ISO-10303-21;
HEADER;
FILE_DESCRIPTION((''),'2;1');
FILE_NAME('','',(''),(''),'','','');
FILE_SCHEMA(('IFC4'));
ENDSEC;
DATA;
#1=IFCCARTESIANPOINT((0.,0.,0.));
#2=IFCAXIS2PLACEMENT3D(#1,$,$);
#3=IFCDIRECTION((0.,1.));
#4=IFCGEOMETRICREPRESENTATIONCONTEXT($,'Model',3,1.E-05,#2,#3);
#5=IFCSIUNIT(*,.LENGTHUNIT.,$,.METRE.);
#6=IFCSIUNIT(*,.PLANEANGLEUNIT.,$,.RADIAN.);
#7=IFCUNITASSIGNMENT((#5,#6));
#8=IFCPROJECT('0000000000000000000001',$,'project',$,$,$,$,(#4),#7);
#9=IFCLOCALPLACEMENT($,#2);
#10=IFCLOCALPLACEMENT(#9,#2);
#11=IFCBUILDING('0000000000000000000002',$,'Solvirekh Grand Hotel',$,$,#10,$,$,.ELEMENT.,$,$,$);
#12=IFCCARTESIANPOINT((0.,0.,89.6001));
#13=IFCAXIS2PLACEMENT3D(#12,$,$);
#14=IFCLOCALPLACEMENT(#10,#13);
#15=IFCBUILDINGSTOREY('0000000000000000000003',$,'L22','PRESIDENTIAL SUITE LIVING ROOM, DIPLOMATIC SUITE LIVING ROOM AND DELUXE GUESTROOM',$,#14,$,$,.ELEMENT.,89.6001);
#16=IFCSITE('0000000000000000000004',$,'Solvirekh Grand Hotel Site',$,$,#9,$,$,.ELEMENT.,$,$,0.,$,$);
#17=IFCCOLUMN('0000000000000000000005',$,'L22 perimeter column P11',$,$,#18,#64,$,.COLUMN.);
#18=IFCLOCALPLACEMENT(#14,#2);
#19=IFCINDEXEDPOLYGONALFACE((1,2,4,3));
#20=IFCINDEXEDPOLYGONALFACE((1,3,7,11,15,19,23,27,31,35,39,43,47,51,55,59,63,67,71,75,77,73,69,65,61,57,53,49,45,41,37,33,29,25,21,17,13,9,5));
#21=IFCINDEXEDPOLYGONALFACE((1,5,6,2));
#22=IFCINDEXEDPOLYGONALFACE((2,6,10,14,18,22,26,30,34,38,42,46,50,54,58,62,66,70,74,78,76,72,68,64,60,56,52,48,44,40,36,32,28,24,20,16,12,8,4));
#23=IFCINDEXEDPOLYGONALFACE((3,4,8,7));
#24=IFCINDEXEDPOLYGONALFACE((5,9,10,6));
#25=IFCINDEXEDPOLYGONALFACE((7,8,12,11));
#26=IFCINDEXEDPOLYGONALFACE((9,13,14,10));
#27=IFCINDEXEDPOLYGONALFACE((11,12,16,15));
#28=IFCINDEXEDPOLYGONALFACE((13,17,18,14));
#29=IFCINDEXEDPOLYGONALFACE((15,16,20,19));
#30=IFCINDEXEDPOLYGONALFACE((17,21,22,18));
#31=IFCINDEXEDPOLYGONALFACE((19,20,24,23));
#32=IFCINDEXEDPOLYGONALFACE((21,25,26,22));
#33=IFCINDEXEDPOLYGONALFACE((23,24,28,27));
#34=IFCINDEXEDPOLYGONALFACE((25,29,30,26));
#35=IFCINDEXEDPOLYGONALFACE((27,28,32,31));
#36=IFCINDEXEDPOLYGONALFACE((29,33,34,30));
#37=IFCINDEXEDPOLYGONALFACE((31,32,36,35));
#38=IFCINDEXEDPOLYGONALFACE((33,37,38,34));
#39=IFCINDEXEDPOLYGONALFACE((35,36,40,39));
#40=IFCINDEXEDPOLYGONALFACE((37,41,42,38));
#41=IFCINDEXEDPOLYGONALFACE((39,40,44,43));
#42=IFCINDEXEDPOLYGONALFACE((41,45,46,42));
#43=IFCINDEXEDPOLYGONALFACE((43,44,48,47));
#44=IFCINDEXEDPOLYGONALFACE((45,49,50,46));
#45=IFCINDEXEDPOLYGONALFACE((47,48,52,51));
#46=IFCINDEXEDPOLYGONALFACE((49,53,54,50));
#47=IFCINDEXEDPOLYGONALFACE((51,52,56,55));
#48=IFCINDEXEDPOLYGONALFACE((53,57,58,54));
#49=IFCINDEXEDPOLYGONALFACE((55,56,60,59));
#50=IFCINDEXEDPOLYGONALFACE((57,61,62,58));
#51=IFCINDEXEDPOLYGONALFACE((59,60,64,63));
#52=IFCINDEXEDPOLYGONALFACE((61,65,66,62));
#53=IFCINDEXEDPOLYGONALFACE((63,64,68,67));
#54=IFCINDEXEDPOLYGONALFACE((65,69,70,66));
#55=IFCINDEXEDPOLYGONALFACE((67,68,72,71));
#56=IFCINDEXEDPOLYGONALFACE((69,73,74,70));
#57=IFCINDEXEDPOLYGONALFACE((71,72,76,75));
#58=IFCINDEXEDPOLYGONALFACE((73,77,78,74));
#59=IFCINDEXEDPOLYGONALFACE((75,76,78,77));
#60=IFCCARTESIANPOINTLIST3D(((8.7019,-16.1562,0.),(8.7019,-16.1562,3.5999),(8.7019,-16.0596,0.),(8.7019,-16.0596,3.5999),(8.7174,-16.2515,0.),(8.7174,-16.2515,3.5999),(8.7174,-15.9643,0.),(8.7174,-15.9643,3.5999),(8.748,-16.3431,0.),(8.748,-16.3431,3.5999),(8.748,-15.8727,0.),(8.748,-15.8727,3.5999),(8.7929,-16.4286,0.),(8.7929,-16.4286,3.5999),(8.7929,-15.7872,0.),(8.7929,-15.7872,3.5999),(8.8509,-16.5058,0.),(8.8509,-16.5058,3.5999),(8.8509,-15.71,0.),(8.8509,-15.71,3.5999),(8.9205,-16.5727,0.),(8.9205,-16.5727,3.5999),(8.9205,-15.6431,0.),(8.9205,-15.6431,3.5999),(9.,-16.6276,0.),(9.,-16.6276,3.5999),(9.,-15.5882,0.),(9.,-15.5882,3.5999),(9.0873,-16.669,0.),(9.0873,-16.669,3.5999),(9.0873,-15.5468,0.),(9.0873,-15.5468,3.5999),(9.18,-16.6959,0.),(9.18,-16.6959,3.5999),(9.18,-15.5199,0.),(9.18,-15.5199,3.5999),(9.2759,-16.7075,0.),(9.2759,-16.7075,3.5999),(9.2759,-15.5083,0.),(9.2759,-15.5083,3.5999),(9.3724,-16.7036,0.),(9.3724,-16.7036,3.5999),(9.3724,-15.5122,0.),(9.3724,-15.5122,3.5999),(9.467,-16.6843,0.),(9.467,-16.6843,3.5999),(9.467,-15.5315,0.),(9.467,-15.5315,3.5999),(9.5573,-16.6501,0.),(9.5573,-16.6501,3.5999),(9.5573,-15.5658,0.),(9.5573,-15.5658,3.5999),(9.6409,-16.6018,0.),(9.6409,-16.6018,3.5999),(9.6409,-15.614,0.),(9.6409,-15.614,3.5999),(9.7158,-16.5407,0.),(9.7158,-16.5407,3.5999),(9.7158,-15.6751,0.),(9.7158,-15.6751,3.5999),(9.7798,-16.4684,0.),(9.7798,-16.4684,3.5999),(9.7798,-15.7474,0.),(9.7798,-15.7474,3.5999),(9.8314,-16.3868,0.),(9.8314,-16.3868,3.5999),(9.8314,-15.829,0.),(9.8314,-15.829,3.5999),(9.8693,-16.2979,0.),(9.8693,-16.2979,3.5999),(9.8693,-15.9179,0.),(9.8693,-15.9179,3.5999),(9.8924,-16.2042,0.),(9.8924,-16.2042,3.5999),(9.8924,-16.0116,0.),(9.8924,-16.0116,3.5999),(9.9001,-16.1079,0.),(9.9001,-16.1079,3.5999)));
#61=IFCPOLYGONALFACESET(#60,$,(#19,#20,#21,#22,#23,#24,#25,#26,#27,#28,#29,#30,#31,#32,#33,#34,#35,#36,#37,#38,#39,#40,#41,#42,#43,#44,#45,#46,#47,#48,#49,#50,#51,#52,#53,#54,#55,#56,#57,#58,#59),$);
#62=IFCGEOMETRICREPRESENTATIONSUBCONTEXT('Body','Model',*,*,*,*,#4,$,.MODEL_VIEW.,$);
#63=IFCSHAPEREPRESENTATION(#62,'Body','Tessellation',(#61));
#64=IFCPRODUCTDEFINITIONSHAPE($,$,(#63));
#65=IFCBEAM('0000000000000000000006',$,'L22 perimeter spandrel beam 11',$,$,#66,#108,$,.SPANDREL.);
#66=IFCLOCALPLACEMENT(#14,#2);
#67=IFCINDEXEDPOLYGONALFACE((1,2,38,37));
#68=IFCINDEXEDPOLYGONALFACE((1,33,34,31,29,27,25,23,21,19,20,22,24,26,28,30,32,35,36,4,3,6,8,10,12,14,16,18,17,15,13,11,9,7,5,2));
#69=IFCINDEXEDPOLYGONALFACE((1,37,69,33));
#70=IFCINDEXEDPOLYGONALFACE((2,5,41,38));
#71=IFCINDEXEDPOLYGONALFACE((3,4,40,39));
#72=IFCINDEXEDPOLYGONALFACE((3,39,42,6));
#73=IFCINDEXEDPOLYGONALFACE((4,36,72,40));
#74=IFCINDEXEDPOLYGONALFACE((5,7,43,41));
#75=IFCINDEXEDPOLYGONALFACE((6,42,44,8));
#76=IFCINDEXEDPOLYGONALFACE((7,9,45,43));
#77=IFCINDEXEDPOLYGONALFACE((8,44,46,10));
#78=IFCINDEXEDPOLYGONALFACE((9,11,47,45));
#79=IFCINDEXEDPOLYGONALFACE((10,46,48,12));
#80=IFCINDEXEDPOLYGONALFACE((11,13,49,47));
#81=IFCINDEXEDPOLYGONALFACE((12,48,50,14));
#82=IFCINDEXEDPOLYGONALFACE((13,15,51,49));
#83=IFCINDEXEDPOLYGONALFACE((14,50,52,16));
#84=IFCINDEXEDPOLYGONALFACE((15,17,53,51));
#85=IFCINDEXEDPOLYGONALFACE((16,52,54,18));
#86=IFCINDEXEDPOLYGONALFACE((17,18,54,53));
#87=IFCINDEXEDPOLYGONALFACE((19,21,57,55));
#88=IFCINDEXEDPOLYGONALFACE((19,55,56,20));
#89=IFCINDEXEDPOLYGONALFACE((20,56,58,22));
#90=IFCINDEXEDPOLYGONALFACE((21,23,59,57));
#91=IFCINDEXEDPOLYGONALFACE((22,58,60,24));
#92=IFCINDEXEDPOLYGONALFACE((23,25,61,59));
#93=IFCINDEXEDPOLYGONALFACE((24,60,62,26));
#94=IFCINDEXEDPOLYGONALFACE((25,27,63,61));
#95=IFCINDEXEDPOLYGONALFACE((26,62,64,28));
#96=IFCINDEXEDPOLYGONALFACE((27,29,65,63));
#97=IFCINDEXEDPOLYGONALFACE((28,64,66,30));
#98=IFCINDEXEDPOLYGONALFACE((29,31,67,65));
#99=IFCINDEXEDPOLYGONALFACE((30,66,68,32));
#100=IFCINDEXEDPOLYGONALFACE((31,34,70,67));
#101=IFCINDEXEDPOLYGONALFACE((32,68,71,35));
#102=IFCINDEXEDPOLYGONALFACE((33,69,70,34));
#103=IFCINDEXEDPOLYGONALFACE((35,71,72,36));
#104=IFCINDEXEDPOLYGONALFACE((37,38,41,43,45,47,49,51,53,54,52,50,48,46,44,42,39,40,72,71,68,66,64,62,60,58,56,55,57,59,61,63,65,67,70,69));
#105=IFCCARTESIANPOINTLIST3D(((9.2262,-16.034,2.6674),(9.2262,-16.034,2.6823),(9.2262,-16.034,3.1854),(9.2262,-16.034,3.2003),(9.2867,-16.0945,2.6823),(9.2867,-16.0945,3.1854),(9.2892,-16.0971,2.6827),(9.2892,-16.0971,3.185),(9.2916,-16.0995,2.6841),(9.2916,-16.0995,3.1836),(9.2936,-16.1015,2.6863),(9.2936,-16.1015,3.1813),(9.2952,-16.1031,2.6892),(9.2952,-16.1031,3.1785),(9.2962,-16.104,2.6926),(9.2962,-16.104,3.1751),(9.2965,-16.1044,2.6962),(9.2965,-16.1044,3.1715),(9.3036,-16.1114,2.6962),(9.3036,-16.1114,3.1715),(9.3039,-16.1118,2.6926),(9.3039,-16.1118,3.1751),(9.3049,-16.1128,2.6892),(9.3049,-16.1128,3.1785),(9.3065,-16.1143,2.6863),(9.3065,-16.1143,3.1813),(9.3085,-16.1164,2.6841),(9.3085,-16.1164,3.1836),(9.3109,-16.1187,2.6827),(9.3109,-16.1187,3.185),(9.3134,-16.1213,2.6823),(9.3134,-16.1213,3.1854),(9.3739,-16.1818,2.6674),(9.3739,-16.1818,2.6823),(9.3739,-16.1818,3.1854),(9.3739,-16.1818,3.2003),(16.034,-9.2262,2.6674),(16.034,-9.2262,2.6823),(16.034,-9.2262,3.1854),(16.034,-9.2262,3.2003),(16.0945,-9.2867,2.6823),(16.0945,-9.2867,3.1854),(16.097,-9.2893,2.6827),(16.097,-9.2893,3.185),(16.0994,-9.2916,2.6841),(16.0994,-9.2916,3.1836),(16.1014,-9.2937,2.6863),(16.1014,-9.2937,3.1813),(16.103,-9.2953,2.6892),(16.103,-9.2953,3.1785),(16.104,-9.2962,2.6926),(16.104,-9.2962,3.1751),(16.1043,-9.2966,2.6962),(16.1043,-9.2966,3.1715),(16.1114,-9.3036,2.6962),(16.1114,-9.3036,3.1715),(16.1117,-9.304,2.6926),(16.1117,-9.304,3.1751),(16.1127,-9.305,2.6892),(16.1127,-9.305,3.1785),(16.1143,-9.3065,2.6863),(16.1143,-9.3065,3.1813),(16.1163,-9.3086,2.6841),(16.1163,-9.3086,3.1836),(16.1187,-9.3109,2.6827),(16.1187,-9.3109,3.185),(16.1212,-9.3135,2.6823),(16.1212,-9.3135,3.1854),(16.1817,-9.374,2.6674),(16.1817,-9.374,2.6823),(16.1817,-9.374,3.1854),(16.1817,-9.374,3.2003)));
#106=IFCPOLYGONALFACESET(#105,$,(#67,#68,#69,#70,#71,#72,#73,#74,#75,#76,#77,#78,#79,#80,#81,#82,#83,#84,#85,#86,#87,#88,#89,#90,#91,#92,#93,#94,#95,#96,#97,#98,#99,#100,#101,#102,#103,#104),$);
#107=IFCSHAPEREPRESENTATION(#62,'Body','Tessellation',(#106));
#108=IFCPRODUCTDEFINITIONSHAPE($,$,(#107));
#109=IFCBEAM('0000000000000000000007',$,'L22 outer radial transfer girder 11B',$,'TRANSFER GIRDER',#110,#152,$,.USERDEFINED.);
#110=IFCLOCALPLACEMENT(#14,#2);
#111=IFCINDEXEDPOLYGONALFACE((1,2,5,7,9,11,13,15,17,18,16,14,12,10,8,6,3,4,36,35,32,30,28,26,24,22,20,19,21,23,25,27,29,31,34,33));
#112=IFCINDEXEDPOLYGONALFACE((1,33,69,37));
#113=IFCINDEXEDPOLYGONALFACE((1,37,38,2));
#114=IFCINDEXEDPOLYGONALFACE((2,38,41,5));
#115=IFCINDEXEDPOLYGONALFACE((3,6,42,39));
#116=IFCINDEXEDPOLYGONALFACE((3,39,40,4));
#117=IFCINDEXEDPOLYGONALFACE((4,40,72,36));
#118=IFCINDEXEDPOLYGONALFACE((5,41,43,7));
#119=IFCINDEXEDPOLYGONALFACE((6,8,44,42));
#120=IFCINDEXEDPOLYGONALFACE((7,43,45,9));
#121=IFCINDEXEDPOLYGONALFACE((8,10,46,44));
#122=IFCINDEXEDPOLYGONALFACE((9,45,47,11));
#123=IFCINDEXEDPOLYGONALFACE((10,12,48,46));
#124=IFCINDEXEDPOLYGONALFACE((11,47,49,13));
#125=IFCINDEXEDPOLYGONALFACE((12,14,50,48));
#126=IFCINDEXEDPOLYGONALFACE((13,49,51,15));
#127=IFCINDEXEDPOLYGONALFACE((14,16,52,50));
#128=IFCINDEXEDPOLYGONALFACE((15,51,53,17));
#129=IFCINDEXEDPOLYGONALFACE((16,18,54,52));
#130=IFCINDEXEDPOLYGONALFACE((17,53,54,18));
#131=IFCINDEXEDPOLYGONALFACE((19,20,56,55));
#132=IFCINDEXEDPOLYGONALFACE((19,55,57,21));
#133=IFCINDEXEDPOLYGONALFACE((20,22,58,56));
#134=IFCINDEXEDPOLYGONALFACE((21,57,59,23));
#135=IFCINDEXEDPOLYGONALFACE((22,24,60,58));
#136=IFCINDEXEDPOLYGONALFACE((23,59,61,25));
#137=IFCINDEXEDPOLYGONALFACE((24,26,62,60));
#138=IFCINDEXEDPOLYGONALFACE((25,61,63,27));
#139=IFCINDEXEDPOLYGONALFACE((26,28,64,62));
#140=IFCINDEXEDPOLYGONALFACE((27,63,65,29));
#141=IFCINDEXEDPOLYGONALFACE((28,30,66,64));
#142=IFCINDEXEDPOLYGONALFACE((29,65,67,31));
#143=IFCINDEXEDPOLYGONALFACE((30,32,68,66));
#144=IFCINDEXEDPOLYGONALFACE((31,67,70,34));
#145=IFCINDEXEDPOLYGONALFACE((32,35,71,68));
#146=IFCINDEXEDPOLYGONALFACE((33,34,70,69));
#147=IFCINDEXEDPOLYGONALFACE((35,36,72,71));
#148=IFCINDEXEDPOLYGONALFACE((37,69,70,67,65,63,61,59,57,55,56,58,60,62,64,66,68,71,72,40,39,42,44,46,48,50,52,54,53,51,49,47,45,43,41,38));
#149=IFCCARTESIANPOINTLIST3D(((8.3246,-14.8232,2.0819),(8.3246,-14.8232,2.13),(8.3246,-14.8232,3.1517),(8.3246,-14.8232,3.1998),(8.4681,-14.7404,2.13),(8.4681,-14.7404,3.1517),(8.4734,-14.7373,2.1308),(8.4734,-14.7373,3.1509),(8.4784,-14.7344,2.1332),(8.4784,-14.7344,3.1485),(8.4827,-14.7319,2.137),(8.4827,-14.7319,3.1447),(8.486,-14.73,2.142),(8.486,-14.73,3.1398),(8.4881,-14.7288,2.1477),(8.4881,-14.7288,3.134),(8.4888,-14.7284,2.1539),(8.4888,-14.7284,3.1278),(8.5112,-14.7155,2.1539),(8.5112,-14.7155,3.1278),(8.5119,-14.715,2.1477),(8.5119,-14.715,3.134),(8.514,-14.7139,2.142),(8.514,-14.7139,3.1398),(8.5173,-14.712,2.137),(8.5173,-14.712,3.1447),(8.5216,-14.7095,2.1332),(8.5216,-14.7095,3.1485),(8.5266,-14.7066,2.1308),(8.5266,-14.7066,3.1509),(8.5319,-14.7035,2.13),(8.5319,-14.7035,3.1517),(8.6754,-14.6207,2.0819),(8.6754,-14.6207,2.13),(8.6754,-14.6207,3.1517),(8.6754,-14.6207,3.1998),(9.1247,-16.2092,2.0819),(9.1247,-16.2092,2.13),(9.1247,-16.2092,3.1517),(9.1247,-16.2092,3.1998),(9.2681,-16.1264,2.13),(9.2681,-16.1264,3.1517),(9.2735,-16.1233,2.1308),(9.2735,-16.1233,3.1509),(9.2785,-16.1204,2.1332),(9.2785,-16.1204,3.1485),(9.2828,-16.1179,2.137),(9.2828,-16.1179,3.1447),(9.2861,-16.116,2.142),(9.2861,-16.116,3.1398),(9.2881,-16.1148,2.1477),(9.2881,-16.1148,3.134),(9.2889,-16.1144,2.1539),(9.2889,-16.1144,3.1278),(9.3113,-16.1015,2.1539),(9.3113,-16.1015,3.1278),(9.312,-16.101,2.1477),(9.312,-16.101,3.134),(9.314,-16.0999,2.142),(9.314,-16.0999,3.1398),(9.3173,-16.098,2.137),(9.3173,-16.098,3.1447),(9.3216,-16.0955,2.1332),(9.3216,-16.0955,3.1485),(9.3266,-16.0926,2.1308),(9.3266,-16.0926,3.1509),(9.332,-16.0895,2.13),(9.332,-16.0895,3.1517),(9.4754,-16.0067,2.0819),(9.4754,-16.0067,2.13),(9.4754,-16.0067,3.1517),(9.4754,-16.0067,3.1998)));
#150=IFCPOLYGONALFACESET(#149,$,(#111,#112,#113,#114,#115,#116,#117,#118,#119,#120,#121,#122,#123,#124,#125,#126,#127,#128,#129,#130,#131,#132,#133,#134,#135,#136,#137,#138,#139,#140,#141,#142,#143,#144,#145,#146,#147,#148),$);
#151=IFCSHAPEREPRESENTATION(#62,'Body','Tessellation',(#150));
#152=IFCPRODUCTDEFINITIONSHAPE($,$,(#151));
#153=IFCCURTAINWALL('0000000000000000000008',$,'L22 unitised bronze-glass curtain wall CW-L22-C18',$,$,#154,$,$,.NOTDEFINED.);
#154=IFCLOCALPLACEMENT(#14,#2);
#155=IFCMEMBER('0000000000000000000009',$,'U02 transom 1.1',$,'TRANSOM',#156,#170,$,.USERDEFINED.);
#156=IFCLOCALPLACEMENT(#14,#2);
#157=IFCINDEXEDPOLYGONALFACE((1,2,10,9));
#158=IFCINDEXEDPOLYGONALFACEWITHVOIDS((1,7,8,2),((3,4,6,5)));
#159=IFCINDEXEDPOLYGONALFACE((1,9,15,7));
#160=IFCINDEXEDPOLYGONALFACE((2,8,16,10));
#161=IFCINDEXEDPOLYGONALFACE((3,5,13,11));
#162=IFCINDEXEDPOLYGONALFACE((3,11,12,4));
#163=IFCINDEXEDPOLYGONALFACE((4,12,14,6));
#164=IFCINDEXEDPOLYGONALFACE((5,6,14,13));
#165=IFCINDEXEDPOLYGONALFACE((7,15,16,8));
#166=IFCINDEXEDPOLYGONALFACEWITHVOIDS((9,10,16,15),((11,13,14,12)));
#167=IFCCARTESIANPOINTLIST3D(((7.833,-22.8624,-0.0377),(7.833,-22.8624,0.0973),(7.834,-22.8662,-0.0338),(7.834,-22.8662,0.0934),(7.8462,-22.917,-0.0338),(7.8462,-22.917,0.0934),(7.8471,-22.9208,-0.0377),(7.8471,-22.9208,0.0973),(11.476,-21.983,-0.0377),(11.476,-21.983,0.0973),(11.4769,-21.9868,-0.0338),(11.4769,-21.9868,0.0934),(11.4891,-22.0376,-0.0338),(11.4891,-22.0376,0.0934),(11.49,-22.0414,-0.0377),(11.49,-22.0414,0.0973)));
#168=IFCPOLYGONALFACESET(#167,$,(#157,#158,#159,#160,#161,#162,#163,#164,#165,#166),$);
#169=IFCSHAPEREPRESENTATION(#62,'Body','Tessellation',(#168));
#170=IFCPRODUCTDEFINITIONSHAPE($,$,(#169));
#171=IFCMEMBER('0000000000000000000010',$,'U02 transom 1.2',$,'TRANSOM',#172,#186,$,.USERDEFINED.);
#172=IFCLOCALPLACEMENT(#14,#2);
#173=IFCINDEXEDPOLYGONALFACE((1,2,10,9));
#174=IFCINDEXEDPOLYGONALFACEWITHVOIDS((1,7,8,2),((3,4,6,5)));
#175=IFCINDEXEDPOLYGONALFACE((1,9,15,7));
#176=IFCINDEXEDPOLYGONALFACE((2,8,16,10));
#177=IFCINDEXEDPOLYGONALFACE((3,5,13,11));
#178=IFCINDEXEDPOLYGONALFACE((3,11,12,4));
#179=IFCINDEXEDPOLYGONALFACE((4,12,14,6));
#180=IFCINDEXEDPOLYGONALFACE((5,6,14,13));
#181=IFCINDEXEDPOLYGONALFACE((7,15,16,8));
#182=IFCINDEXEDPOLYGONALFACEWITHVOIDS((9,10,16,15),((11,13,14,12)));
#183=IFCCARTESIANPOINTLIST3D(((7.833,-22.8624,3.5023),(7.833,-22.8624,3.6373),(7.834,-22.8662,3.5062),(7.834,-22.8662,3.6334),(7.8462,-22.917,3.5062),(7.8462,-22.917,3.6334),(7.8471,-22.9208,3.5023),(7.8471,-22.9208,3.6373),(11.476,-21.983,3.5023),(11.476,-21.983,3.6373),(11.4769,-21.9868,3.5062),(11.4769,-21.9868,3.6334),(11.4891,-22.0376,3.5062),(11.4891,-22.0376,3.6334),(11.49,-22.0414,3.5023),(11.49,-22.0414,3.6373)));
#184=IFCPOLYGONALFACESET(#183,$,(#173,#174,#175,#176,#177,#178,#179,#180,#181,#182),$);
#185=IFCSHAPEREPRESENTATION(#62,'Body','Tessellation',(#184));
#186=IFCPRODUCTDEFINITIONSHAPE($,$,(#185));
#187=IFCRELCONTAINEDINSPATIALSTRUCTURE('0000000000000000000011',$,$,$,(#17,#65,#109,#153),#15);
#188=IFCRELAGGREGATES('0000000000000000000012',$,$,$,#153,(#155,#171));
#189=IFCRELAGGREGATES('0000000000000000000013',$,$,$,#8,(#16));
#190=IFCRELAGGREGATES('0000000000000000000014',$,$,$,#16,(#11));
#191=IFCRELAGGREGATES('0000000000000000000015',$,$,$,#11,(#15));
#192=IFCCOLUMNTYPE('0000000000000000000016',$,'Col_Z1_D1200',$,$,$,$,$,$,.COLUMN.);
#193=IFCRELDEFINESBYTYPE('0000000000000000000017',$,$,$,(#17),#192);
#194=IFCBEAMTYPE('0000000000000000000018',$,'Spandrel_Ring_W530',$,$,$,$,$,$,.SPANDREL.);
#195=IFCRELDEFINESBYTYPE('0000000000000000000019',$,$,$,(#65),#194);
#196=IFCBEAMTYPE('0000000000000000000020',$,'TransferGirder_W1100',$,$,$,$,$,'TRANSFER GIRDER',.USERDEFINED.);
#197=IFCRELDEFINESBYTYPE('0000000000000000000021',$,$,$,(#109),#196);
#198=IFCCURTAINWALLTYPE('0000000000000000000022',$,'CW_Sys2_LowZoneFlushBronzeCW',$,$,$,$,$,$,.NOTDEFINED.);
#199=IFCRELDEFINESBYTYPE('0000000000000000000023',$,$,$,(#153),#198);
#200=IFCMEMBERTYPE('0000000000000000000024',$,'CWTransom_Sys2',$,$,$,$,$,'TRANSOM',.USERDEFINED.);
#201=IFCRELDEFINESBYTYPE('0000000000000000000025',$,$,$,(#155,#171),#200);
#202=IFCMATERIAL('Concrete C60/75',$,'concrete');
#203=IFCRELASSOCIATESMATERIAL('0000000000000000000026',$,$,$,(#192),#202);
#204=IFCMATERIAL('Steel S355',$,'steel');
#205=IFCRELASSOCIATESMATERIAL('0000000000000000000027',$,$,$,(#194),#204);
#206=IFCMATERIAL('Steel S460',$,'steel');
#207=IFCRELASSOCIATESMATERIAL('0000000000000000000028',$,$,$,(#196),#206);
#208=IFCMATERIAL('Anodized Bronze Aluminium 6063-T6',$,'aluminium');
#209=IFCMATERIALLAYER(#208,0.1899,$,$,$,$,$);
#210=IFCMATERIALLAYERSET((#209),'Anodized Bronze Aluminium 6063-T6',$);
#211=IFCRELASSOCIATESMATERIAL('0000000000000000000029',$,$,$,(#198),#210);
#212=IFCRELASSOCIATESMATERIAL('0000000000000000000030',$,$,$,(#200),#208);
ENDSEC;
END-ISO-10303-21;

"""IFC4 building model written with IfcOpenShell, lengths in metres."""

from ifc_helpers import new_model, si_unit, direction, frame, origin, origin_2d, place, context, subcontext, project, spatial, hollow_rectangle, circle, i_section, extrude, source, transform, mapped, material, layer, layer_set, material_profile, profile_set, type_object, element, aggregate, save


model = new_model("IFC4")

# Units and contexts
model_context = context("Model", 3, precision=1e-05, world=origin(), true_north=direction((0.0, 1.0)))
body_context = subcontext(model_context, "Body", "Model", "MODEL_VIEW")
ifc_project = project(units=[si_unit("LENGTHUNIT", "METRE"), si_unit("PLANEANGLEUNIT", "RADIAN")], contexts=[model_context])

# Site, building, storey
site_placement = place(None, origin())
site = spatial("IfcSite", under=ifc_project, at=site_placement, Name="Solvirekh Grand Hotel Site", CompositionType="ELEMENT", RefElevation=0.0)
building_placement = place(site_placement, origin())
building = spatial("IfcBuilding", under=site, at=building_placement, Name="Solvirekh Grand Hotel", CompositionType="ELEMENT")
storey_placement = place(building_placement, frame((0.0, 0.0, 89.6001)))
storey = spatial("IfcBuildingStorey", under=building, at=storey_placement, Name="L22", Description="PRESIDENTIAL SUITE LIVING ROOM, DIPLOMATIC SUITE LIVING ROOM AND DELUXE GUESTROOM", CompositionType="ELEMENT", Elevation=89.6001)

# Column
ifc_material_1 = material(Name="Concrete C60/75", Category="concrete")
ifc_material_profile_1 = material_profile(ifc_material_1, circle(Radius=0.6001, at=origin_2d()), Name="RC CIRC D1200")
ifc_profile_set_1 = profile_set([ifc_material_profile_1], Name="Concrete C60/75")
column_type = type_object("IfcColumnType", Name="Col_Z1_D1200", PredefinedType="COLUMN", material=ifc_profile_set_1)
column_placement = place(storey_placement, frame((9.3, -16.1079, 0.0), z_axis=(0.0, 0.0, 1.0), x_axis=(1.0, 0.0, 0.0)))
element("IfcColumn", 1, at=column_placement, inside=storey, type_object=column_type, Name="L22 perimeter column P11", PredefinedType="COLUMN", context=body_context, shape_type="SweptSolid", body=[
    extrude(circle(Radius=0.6001, at=origin_2d()), origin(), (0.0, 0.0, 1.0), 3.5999),
])

# Beams
ifc_material_2 = material(Name="Steel S355", Category="steel")
ifc_material_profile_2 = material_profile(ifc_material_2, i_section(OverallWidth=0.209, OverallDepth=0.533, WebThickness=0.01, FlangeThickness=0.0149, FilletRadius=0.0139, at=origin_2d()), Name="W530X92")
ifc_profile_set_2 = profile_set([ifc_material_profile_2], Name="Steel S355")
beam_type_1 = type_object("IfcBeamType", Name="Spandrel_Ring_W530", PredefinedType="SPANDREL", material=ifc_profile_set_2)
beam_1_placement = place(storey_placement, frame((9.3, -16.1079, 2.9338), z_axis=(0.707107, 0.707107, 0.0), x_axis=(-0.707107, 0.707107, 0.0)))
element("IfcBeam", 2, at=beam_1_placement, inside=storey, type_object=beam_type_1, Name="L22 perimeter spandrel beam 11", PredefinedType="SPANDREL", context=body_context, shape_type="SweptSolid", body=[
    extrude(i_section(OverallWidth=0.209, OverallDepth=0.533, WebThickness=0.01, FlangeThickness=0.0149, FilletRadius=0.0139, at=origin_2d()), origin(), (0.0, 0.0, 1.0), 9.6277),
])
ifc_material_3 = material(Name="Steel S460", Category="steel")
ifc_material_profile_3 = material_profile(ifc_material_3, i_section(OverallWidth=0.405, OverallDepth=1.1179, WebThickness=0.0259, FlangeThickness=0.0481, FilletRadius=0.0239, at=origin_2d()), Name="W1100X499")
ifc_profile_set_3 = profile_set([ifc_material_profile_3], Name="Steel S460")
beam_type_2 = type_object("IfcBeamType", Name="TransferGirder_W1100", ElementType="TRANSFER GIRDER", PredefinedType="USERDEFINED", material=ifc_profile_set_3)
beam_2_placement = place(storey_placement, frame((8.5, -14.7219, 2.6409), z_axis=(0.499929, -0.866066, 0.0), x_axis=(0.866066, 0.499929, 0.0)))
element("IfcBeam", 3, at=beam_2_placement, inside=storey, type_object=beam_type_2, Name="L22 outer radial transfer girder 11B", ObjectType="TRANSFER GIRDER", PredefinedType="USERDEFINED", context=body_context, shape_type="SweptSolid", body=[
    extrude(i_section(OverallWidth=0.405, OverallDepth=1.1179, WebThickness=0.0259, FlangeThickness=0.0481, FilletRadius=0.0239, at=origin_2d()), origin(), (0.0, 0.0, 1.0), 1.6003),
])

# Curtain wall, members
ifc_material_4 = material(Name="Anodized Bronze Aluminium 6063-T6", Category="aluminium")
ifc_layer_1 = layer(ifc_material_4, 0.1899)
ifc_layer_set_1 = layer_set([ifc_layer_1], Name="Anodized Bronze Aluminium 6063-T6")
curtain_wall_type = type_object("IfcCurtainWallType", Name="CW_Sys2_LowZoneFlushBronzeCW", PredefinedType="NOTDEFINED", material=ifc_layer_set_1)
curtain_wall_placement = place(storey_placement, origin())
curtain_wall = element("IfcCurtainWall", 4, at=curtain_wall_placement, inside=storey, type_object=curtain_wall_type, Name="L22 unitised bronze-glass curtain wall CW-L22-C18", PredefinedType="NOTDEFINED")
ifc_material_profile_4 = material_profile(ifc_material_4, hollow_rectangle(XDim=0.0601, YDim=0.135, WallThickness=0.0039, at=origin_2d()), Name="ALU RHS 135X60X4")
ifc_profile_set_4 = profile_set([ifc_material_profile_4], Name="Anodized Bronze Aluminium 6063-T6")
member_type_1 = type_object("IfcMemberType", Name="CWTransom_Sys2", ElementType="TRANSOM", PredefinedType="USERDEFINED", material=ifc_profile_set_4)
shared_shape_1 = source(origin(), body_context, "Body", "SweptSolid", [
    extrude(hollow_rectangle(XDim=0.0601, YDim=0.135, WallThickness=0.0039, at=origin_2d()), origin(), (0.0, 0.0, 1.0), 3.7476),
])
member_1_placement = place(storey_placement, frame((7.8401, -22.8916, 0.0298), z_axis=(0.972077, 0.234664, 0.0), x_axis=(-0.234664, 0.972077, 0.0)))
member_1 = element("IfcMember", 5, at=member_1_placement, type_object=member_type_1, Name="U02 transom 1.1", ObjectType="TRANSOM", PredefinedType="USERDEFINED", context=body_context, shape_type="MappedRepresentation", body=[
    mapped(shared_shape_1, transform((0.0, 0.0, 0.0), x_axis=(1.0, 0.0, 0.0), y_axis=(0.0, 1.0, 0.0), z_axis=(0.0, 0.0, 1.0), scale=1.0)),
])
member_2_placement = place(storey_placement, frame((7.8401, -22.8916, 3.5698), z_axis=(0.972077, 0.234664, 0.0), x_axis=(-0.234664, 0.972077, 0.0)))
member_2 = element("IfcMember", 6, at=member_2_placement, type_object=member_type_1, Name="U02 transom 1.2", ObjectType="TRANSOM", PredefinedType="USERDEFINED", context=body_context, shape_type="MappedRepresentation", body=[
    mapped(shared_shape_1, transform((0.0, 0.0, 0.0), x_axis=(1.0, 0.0, 0.0), y_axis=(0.0, 1.0, 0.0), z_axis=(0.0, 0.0, 1.0), scale=1.0)),
])
aggregate(curtain_wall, [member_1, member_2])

save(model, "model.ifc")
